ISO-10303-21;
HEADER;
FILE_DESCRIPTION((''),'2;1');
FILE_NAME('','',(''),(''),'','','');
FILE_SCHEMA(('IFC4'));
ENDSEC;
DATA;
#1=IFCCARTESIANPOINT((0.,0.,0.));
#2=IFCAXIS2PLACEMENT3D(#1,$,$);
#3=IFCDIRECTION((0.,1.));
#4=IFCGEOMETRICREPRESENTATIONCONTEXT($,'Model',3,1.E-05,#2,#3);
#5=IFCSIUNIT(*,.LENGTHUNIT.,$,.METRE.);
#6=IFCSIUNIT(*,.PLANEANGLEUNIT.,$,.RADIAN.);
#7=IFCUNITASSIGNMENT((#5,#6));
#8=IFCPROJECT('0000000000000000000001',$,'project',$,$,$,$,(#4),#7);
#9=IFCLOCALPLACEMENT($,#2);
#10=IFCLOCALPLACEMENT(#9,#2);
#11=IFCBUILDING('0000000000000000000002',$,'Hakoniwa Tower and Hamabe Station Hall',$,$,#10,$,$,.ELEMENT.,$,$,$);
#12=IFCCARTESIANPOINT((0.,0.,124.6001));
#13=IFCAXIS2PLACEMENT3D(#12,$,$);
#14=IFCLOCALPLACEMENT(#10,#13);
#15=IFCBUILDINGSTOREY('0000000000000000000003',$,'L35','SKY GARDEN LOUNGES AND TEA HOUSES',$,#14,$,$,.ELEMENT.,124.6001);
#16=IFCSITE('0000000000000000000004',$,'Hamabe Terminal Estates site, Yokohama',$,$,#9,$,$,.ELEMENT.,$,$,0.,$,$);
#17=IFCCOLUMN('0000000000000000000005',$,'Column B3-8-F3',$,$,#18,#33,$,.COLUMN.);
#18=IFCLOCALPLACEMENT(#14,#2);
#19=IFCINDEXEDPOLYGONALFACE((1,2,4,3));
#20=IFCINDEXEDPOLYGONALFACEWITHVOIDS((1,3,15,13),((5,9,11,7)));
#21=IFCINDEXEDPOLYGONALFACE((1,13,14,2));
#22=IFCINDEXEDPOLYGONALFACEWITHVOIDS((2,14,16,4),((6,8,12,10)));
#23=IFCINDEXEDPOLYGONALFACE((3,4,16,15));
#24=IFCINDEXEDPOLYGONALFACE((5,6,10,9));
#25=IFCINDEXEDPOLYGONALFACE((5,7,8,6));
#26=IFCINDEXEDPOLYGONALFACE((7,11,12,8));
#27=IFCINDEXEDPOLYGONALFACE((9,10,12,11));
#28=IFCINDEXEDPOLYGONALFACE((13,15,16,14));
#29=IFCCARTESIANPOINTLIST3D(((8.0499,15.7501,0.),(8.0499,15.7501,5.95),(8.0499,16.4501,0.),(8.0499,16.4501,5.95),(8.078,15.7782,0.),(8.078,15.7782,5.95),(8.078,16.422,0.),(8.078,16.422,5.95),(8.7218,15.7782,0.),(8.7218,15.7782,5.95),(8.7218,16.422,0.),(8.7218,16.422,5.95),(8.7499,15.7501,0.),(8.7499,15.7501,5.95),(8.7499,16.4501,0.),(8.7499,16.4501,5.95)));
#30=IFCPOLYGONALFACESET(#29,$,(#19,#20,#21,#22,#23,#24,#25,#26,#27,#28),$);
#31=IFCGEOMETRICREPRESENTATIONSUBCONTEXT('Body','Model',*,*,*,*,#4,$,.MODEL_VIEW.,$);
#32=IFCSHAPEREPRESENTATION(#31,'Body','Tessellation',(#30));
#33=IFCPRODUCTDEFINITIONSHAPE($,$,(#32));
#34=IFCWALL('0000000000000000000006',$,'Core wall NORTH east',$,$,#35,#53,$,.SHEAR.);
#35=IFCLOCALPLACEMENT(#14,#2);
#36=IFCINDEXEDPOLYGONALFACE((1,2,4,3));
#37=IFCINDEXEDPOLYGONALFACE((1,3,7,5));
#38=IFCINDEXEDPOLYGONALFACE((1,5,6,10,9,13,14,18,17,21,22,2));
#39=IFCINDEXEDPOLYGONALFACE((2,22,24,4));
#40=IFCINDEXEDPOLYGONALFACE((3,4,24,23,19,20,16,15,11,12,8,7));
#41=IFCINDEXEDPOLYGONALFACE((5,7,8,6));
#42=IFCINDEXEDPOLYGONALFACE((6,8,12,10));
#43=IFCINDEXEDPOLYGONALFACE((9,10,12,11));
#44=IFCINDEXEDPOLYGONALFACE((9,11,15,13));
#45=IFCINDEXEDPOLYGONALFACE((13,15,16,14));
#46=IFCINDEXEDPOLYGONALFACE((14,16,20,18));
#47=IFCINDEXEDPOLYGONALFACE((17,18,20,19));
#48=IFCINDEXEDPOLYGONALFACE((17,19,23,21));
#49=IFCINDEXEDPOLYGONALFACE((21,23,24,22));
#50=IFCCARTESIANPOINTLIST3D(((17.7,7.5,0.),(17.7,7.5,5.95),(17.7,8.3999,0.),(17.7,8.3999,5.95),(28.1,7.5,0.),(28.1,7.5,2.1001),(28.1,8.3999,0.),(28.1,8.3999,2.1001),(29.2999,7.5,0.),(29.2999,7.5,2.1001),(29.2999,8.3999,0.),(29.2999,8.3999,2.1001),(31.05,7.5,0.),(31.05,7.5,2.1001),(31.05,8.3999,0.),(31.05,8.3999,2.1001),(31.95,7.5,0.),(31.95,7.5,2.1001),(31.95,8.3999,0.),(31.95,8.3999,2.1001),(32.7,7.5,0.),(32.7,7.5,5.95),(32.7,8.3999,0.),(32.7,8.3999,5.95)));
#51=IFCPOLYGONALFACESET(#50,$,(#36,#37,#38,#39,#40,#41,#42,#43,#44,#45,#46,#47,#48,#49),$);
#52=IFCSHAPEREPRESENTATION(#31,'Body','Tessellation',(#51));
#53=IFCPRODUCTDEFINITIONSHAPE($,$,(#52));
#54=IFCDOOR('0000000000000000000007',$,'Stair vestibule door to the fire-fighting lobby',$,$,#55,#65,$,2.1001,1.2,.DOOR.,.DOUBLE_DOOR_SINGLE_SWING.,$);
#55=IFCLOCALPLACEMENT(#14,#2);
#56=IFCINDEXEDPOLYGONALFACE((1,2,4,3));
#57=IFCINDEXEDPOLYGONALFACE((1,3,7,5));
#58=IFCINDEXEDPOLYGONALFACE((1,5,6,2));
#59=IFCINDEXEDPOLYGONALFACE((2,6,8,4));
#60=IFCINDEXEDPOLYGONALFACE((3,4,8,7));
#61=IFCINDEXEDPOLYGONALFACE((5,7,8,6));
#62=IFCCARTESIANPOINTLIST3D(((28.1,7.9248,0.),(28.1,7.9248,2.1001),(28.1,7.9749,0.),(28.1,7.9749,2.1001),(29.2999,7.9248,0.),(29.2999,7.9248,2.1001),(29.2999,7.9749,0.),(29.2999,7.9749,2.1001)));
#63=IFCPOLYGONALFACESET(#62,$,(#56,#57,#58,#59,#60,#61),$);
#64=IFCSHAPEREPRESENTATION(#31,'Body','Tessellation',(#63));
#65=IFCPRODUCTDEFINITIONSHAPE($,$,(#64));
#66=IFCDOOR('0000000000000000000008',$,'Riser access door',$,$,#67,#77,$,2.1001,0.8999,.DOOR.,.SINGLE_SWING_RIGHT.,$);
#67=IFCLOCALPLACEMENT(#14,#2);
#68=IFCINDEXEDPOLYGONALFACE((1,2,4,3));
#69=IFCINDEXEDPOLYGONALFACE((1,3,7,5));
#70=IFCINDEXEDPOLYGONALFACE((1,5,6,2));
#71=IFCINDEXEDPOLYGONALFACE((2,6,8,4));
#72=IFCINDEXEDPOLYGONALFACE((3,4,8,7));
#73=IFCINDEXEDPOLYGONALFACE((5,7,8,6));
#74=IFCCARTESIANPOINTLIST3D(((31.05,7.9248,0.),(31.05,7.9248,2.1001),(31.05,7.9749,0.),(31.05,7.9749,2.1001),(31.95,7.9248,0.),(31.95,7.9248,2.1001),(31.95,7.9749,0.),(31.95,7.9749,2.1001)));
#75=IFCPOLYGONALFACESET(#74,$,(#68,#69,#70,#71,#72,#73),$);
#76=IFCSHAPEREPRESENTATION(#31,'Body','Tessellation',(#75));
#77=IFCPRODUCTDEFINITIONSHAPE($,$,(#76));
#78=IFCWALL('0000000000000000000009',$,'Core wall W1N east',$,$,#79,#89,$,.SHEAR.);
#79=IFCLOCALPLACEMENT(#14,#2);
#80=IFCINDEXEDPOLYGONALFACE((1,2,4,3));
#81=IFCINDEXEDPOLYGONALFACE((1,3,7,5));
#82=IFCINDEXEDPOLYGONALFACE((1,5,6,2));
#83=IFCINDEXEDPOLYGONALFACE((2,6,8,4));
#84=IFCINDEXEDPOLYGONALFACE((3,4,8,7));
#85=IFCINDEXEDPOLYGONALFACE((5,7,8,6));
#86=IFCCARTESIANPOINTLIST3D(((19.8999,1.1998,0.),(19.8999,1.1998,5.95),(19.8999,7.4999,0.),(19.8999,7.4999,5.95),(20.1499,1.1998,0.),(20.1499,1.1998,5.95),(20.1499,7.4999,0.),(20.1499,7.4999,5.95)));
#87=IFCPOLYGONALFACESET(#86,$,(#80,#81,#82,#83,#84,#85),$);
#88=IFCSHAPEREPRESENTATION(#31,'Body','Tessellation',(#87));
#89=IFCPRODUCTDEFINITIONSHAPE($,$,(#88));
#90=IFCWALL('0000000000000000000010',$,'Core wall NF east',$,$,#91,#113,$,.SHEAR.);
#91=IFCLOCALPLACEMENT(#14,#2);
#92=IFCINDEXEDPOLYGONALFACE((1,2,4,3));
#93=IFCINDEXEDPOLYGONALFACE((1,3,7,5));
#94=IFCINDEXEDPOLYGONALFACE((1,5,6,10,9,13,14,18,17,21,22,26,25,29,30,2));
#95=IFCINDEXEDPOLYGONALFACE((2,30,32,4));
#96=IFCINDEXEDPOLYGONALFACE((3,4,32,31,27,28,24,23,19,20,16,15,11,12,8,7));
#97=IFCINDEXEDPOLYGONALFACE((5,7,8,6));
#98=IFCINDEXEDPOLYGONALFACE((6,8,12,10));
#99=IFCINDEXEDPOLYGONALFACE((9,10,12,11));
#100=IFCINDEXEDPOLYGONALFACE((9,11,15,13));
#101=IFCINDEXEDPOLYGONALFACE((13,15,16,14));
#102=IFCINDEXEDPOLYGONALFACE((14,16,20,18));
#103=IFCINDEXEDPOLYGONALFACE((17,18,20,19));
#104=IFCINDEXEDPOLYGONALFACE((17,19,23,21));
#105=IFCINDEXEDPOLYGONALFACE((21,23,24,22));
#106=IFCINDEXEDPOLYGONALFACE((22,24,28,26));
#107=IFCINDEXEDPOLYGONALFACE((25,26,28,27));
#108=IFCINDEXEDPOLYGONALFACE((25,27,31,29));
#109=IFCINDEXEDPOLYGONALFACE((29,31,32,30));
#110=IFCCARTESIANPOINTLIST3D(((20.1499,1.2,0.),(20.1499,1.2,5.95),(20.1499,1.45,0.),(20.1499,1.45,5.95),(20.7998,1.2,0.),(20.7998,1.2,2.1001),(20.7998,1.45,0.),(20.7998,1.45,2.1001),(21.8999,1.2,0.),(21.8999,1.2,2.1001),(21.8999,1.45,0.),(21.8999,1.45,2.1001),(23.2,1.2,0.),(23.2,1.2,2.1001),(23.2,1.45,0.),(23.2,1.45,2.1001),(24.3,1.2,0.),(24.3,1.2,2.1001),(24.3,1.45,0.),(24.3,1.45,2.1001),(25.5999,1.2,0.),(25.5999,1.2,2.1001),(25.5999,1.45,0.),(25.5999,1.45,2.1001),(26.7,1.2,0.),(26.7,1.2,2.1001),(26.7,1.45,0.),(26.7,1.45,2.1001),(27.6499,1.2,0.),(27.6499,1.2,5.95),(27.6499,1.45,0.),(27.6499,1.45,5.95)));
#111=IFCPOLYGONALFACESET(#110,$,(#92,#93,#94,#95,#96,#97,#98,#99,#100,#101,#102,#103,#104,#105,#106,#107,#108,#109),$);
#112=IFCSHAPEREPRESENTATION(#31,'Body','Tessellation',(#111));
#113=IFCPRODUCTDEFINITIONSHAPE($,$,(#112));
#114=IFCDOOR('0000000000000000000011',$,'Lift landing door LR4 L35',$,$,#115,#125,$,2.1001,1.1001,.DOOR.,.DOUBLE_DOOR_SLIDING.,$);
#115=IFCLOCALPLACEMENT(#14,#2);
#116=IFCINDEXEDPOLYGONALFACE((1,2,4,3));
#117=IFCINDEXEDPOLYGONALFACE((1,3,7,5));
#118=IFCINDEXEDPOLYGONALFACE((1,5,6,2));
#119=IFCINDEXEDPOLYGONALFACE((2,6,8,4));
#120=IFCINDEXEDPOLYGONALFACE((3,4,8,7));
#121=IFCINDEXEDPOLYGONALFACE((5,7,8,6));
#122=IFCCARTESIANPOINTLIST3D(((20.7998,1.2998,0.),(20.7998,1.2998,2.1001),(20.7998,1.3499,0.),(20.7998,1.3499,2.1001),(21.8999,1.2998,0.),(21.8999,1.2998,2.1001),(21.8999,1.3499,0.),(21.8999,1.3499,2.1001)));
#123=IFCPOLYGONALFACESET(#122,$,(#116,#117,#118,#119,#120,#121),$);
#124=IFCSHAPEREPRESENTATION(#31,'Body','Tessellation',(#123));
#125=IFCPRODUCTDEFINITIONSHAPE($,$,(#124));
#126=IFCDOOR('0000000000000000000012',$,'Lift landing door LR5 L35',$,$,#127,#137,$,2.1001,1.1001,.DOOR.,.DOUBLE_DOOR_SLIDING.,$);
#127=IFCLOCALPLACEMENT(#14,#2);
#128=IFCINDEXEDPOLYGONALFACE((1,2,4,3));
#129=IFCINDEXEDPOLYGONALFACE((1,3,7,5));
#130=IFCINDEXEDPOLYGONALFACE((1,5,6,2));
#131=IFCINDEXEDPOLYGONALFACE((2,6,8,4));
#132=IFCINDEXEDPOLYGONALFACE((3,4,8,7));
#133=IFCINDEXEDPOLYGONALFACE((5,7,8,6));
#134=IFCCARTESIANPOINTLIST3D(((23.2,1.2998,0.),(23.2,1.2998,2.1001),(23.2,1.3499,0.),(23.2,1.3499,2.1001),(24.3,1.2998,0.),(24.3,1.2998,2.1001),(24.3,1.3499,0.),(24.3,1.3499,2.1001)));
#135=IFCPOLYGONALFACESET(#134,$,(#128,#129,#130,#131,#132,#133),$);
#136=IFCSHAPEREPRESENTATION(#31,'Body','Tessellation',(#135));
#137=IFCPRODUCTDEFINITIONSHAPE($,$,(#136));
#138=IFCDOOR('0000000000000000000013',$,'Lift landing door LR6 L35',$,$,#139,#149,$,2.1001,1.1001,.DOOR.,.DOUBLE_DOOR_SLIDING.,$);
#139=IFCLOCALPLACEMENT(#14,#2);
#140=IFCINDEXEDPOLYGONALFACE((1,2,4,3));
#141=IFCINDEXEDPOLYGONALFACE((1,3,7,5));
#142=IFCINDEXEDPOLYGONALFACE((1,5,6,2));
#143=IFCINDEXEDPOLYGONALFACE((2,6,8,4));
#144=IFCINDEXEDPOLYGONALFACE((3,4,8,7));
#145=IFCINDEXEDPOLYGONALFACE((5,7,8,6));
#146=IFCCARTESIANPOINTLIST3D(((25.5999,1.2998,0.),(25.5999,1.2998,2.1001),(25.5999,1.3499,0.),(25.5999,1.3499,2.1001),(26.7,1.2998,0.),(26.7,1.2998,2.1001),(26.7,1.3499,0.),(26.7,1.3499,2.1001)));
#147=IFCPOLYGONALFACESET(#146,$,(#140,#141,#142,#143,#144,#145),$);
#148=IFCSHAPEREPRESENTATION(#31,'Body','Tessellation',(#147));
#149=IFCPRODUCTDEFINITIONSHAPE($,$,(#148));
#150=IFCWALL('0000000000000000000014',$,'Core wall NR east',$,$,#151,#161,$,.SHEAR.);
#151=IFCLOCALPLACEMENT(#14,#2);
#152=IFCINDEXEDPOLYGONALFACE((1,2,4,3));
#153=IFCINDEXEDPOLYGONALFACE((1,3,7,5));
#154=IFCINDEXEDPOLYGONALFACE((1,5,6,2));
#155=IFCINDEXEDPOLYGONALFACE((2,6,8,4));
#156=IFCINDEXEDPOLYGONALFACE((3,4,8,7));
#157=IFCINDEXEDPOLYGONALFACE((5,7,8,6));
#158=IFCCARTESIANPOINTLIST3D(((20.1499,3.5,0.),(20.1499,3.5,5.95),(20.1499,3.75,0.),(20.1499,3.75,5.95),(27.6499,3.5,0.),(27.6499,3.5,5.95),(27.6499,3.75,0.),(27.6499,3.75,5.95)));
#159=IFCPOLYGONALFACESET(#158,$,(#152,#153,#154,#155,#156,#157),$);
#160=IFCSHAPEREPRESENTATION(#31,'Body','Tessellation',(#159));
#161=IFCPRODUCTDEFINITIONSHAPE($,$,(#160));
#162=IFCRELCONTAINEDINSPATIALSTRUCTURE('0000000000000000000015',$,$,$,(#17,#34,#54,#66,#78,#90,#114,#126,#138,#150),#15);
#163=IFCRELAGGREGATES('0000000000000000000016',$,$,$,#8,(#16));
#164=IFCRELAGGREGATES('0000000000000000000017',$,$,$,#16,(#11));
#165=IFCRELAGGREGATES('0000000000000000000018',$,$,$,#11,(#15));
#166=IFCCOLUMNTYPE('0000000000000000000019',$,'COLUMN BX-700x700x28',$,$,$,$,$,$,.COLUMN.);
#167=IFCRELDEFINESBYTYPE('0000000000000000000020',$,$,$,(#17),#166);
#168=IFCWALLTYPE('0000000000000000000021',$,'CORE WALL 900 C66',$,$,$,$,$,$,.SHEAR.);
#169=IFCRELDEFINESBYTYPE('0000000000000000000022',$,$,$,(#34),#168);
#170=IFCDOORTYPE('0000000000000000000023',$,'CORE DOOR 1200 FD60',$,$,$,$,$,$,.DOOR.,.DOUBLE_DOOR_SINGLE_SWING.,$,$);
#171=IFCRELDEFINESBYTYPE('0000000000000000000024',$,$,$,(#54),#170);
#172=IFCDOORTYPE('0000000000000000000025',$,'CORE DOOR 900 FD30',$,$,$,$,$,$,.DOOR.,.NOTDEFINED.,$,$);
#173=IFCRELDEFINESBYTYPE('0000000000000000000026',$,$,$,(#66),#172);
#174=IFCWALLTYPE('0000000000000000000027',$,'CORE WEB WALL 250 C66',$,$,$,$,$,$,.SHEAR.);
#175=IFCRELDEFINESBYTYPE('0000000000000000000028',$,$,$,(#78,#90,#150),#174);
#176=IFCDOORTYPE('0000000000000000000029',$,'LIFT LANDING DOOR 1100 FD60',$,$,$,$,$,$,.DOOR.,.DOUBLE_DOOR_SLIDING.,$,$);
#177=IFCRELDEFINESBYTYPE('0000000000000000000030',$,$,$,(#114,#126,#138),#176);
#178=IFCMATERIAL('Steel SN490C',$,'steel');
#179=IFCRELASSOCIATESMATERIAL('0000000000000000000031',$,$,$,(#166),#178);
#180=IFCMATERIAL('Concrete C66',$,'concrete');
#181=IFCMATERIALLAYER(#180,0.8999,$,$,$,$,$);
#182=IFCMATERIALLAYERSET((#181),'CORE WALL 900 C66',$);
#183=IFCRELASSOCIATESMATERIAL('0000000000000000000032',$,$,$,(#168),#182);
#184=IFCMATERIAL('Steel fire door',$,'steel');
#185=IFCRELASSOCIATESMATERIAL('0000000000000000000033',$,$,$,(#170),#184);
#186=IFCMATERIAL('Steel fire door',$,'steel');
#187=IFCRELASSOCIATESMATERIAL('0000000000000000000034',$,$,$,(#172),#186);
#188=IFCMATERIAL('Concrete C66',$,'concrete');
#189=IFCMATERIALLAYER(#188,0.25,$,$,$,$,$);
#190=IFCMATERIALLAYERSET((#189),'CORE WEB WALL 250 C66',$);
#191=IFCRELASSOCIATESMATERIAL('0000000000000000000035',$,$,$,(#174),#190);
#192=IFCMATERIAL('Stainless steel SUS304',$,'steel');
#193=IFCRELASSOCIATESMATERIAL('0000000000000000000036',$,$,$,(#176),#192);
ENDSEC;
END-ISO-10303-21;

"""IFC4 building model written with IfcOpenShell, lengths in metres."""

from ifc_helpers import new_model, si_unit, direction, frame, frame_2d, origin, origin_2d, place, context, subcontext, project, spatial, rectangle, hollow_rectangle, extrude, material, layer, layer_set, material_profile, profile_set, type_object, element, fill, save


model = new_model("IFC4")

# Units and contexts
model_context = context("Model", 3, precision=1e-05, world=origin(), true_north=direction((0.0, 1.0)))
body_context = subcontext(model_context, "Body", "Model", "MODEL_VIEW")
ifc_project = project(units=[si_unit("LENGTHUNIT", "METRE"), si_unit("PLANEANGLEUNIT", "RADIAN")], contexts=[model_context])

# Site, building, storey
site_placement = place(None, origin())
site = spatial("IfcSite", under=ifc_project, at=site_placement, Name="Hamabe Terminal Estates site, Yokohama", CompositionType="ELEMENT", RefElevation=0.0)
building_placement = place(site_placement, origin())
building = spatial("IfcBuilding", under=site, at=building_placement, Name="Hakoniwa Tower and Hamabe Station Hall", CompositionType="ELEMENT")
storey_placement = place(building_placement, frame((0.0, 0.0, 124.6001)))
storey = spatial("IfcBuildingStorey", under=building, at=storey_placement, Name="L35", Description="SKY GARDEN LOUNGES AND TEA HOUSES", CompositionType="ELEMENT", Elevation=124.6001)

# Column
ifc_material_1 = material(Name="Steel SN490C", Category="steel")
ifc_material_profile = material_profile(ifc_material_1, hollow_rectangle(XDim=0.7, YDim=0.7, WallThickness=0.0281, at=origin_2d()), Name="BX-700x700x28")
ifc_profile_set = profile_set([ifc_material_profile], Name="Steel SN490C")
column_type = type_object("IfcColumnType", Name="COLUMN BX-700x700x28", PredefinedType="COLUMN", material=ifc_profile_set)
column_placement = place(storey_placement, frame((8.3999, 16.1001, 0.0), z_axis=(0.0, 0.0, 1.0), x_axis=(1.0, 0.0, 0.0)))
element("IfcColumn", 1, at=column_placement, inside=storey, type_object=column_type, Name="Column B3-8-F3", PredefinedType="COLUMN", context=body_context, shape_type="SweptSolid", body=[
    extrude(hollow_rectangle(XDim=0.7, YDim=0.7, WallThickness=0.0281, at=origin_2d()), origin(), (0.0, 0.0, 1.0), 5.95),
])

# Wall, openings, doors
ifc_material_2 = material(Name="Concrete C66", Category="concrete")
ifc_layer_1 = layer(ifc_material_2, 0.8999)
ifc_layer_set_1 = layer_set([ifc_layer_1], Name="CORE WALL 900 C66")
wall_type_1 = type_object("IfcWallType", Name="CORE WALL 900 C66", PredefinedType="SHEAR", material=ifc_layer_set_1)
wall_1_placement = place(storey_placement, frame((17.7, 7.95, 0.0), z_axis=(0.0, 0.0, 1.0), x_axis=(1.0, 0.0, 0.0)))
wall_1 = element("IfcWall", 2, at=wall_1_placement, inside=storey, type_object=wall_type_1, Name="Core wall NORTH east", PredefinedType="SHEAR", context=body_context, shape_type="SweptSolid", body=[
    extrude(rectangle(XDim=15.0, YDim=0.8999, at=frame_2d((7.5, 0.0))), origin(), (0.0, 0.0, 1.0), 5.95),
])
opening_1_placement = place(wall_1_placement, frame((10.3999, 0.0, 0.0)))
opening_1 = element("IfcOpeningElement", 3, at=opening_1_placement, cuts=wall_1, PredefinedType="OPENING", context=body_context, shape_type="SweptSolid", body=[
    extrude(rectangle(XDim=1.2, YDim=2.1001, at=frame_2d((0.6001, 1.05))), frame((0.0, 0.46, 0.0), z_axis=(0.0, -1.0, 0.0), x_axis=(1.0, 0.0, 0.0)), (0.0, 0.0, 1.0), 0.9199),
])
opening_2_placement = place(wall_1_placement, frame((13.3501, 0.0, 0.0)))
opening_2 = element("IfcOpeningElement", 4, at=opening_2_placement, cuts=wall_1, PredefinedType="OPENING", context=body_context, shape_type="SweptSolid", body=[
    extrude(rectangle(XDim=0.8999, YDim=2.1001, at=frame_2d((0.45, 1.05))), frame((0.0, 0.46, 0.0), z_axis=(0.0, -1.0, 0.0), x_axis=(1.0, 0.0, 0.0)), (0.0, 0.0, 1.0), 0.9199),
])
ifc_material_3 = material(Name="Steel fire door", Category="steel")
door_type_1 = type_object("IfcDoorType", Name="CORE DOOR 1200 FD60", OperationType="DOUBLE_DOOR_SINGLE_SWING", PredefinedType="DOOR", material=ifc_material_3)
door_1_placement = place(opening_1_placement, origin())
door_1 = element("IfcDoor", 5, at=door_1_placement, inside=storey, type_object=door_type_1, Name="Stair vestibule door to the fire-fighting lobby", OperationType="DOUBLE_DOOR_SINGLE_SWING", OverallHeight=2.1001, OverallWidth=1.2, PredefinedType="DOOR", context=body_context, shape_type="SweptSolid", body=[
    extrude(rectangle(XDim=1.2, YDim=2.1001, at=frame_2d((0.6001, 1.05))), frame((0.0, 0.0249, 0.0), z_axis=(0.0, -1.0, 0.0), x_axis=(1.0, 0.0, 0.0)), (0.0, 0.0, 1.0), 0.05),
])
fill(opening_1, door_1)
ifc_material_4 = material(Name="Steel fire door", Category="steel")
door_type_2 = type_object("IfcDoorType", Name="CORE DOOR 900 FD30", OperationType="NOTDEFINED", PredefinedType="DOOR", material=ifc_material_4)
door_2_placement = place(opening_2_placement, origin())
door_2 = element("IfcDoor", 6, at=door_2_placement, inside=storey, type_object=door_type_2, Name="Riser access door", OperationType="SINGLE_SWING_RIGHT", OverallHeight=2.1001, OverallWidth=0.8999, PredefinedType="DOOR", context=body_context, shape_type="SweptSolid", body=[
    extrude(rectangle(XDim=0.8999, YDim=2.1001, at=frame_2d((0.45, 1.05))), frame((0.0, 0.0249, 0.0), z_axis=(0.0, -1.0, 0.0), x_axis=(1.0, 0.0, 0.0)), (0.0, 0.0, 1.0), 0.05),
])
fill(opening_2, door_2)

# Wall
ifc_material_5 = material(Name="Concrete C66", Category="concrete")
ifc_layer_2 = layer(ifc_material_5, 0.25)
ifc_layer_set_2 = layer_set([ifc_layer_2], Name="CORE WEB WALL 250 C66")
wall_type_2 = type_object("IfcWallType", Name="CORE WEB WALL 250 C66", PredefinedType="SHEAR", material=ifc_layer_set_2)
wall_2_placement = place(storey_placement, frame((20.0249, 1.2, 0.0), z_axis=(0.0, 0.0, 1.0), x_axis=(0.0, 1.0, 0.0)))
element("IfcWall", 7, at=wall_2_placement, inside=storey, type_object=wall_type_2, Name="Core wall W1N east", PredefinedType="SHEAR", context=body_context, shape_type="SweptSolid", body=[
    extrude(rectangle(XDim=6.3, YDim=0.25, at=frame_2d((3.1499, 0.0))), origin(), (0.0, 0.0, 1.0), 5.95),
])

# Wall, openings, doors
wall_3_placement = place(storey_placement, frame((20.1499, 1.325, 0.0), z_axis=(0.0, 0.0, 1.0), x_axis=(1.0, 0.0, 0.0)))
wall_3 = element("IfcWall", 8, at=wall_3_placement, inside=storey, type_object=wall_type_2, Name="Core wall NF east", PredefinedType="SHEAR", context=body_context, shape_type="SweptSolid", body=[
    extrude(rectangle(XDim=7.5, YDim=0.25, at=frame_2d((3.75, 0.0))), origin(), (0.0, 0.0, 1.0), 5.95),
])
opening_3_placement = place(wall_3_placement, frame((0.6499, 0.0, 0.0)))
opening_3 = element("IfcOpeningElement", 9, at=opening_3_placement, cuts=wall_3, PredefinedType="OPENING", context=body_context, shape_type="SweptSolid", body=[
    extrude(rectangle(XDim=1.1001, YDim=2.1001, at=frame_2d((0.55, 1.05))), frame((0.0, 0.135, 0.0), z_axis=(0.0, -1.0, 0.0), x_axis=(1.0, 0.0, 0.0)), (0.0, 0.0, 1.0), 0.27),
])
opening_4_placement = place(wall_3_placement, frame((3.05, 0.0, 0.0)))
opening_4 = element("IfcOpeningElement", 10, at=opening_4_placement, cuts=wall_3, PredefinedType="OPENING", context=body_context, shape_type="SweptSolid", body=[
    extrude(rectangle(XDim=1.1001, YDim=2.1001, at=frame_2d((0.55, 1.05))), frame((0.0, 0.135, 0.0), z_axis=(0.0, -1.0, 0.0), x_axis=(1.0, 0.0, 0.0)), (0.0, 0.0, 1.0), 0.27),
])
opening_5_placement = place(wall_3_placement, frame((5.45, 0.0, 0.0)))
opening_5 = element("IfcOpeningElement", 11, at=opening_5_placement, cuts=wall_3, PredefinedType="OPENING", context=body_context, shape_type="SweptSolid", body=[
    extrude(rectangle(XDim=1.1001, YDim=2.1001, at=frame_2d((0.55, 1.05))), frame((0.0, 0.135, 0.0), z_axis=(0.0, -1.0, 0.0), x_axis=(1.0, 0.0, 0.0)), (0.0, 0.0, 1.0), 0.27),
])
ifc_material_6 = material(Name="Stainless steel SUS304", Category="steel")
door_type_3 = type_object("IfcDoorType", Name="LIFT LANDING DOOR 1100 FD60", OperationType="DOUBLE_DOOR_SLIDING", PredefinedType="DOOR", material=ifc_material_6)
door_3_placement = place(opening_3_placement, origin())
door_3 = element("IfcDoor", 12, at=door_3_placement, inside=storey, type_object=door_type_3, Name="Lift landing door LR4 L35", OperationType="DOUBLE_DOOR_SLIDING", OverallHeight=2.1001, OverallWidth=1.1001, PredefinedType="DOOR", context=body_context, shape_type="SweptSolid", body=[
    extrude(rectangle(XDim=1.1001, YDim=2.1001, at=frame_2d((0.55, 1.05))), frame((0.0, 0.0249, 0.0), z_axis=(0.0, -1.0, 0.0), x_axis=(1.0, 0.0, 0.0)), (0.0, 0.0, 1.0), 0.05),
])
fill(opening_3, door_3)
door_4_placement = place(opening_4_placement, origin())
door_4 = element("IfcDoor", 13, at=door_4_placement, inside=storey, type_object=door_type_3, Name="Lift landing door LR5 L35", OperationType="DOUBLE_DOOR_SLIDING", OverallHeight=2.1001, OverallWidth=1.1001, PredefinedType="DOOR", context=body_context, shape_type="SweptSolid", body=[
    extrude(rectangle(XDim=1.1001, YDim=2.1001, at=frame_2d((0.55, 1.05))), frame((0.0, 0.0249, 0.0), z_axis=(0.0, -1.0, 0.0), x_axis=(1.0, 0.0, 0.0)), (0.0, 0.0, 1.0), 0.05),
])
fill(opening_4, door_4)
door_5_placement = place(opening_5_placement, origin())
door_5 = element("IfcDoor", 14, at=door_5_placement, inside=storey, type_object=door_type_3, Name="Lift landing door LR6 L35", OperationType="DOUBLE_DOOR_SLIDING", OverallHeight=2.1001, OverallWidth=1.1001, PredefinedType="DOOR", context=body_context, shape_type="SweptSolid", body=[
    extrude(rectangle(XDim=1.1001, YDim=2.1001, at=frame_2d((0.55, 1.05))), frame((0.0, 0.0249, 0.0), z_axis=(0.0, -1.0, 0.0), x_axis=(1.0, 0.0, 0.0)), (0.0, 0.0, 1.0), 0.05),
])
fill(opening_5, door_5)

# Wall
wall_4_placement = place(storey_placement, frame((20.1499, 3.625, 0.0), z_axis=(0.0, 0.0, 1.0), x_axis=(1.0, 0.0, 0.0)))
element("IfcWall", 15, at=wall_4_placement, inside=storey, type_object=wall_type_2, Name="Core wall NR east", PredefinedType="SHEAR", context=body_context, shape_type="SweptSolid", body=[
    extrude(rectangle(XDim=7.5, YDim=0.25, at=frame_2d((3.75, 0.0))), origin(), (0.0, 0.0, 1.0), 5.95),
])

save(model, "model.ifc")
